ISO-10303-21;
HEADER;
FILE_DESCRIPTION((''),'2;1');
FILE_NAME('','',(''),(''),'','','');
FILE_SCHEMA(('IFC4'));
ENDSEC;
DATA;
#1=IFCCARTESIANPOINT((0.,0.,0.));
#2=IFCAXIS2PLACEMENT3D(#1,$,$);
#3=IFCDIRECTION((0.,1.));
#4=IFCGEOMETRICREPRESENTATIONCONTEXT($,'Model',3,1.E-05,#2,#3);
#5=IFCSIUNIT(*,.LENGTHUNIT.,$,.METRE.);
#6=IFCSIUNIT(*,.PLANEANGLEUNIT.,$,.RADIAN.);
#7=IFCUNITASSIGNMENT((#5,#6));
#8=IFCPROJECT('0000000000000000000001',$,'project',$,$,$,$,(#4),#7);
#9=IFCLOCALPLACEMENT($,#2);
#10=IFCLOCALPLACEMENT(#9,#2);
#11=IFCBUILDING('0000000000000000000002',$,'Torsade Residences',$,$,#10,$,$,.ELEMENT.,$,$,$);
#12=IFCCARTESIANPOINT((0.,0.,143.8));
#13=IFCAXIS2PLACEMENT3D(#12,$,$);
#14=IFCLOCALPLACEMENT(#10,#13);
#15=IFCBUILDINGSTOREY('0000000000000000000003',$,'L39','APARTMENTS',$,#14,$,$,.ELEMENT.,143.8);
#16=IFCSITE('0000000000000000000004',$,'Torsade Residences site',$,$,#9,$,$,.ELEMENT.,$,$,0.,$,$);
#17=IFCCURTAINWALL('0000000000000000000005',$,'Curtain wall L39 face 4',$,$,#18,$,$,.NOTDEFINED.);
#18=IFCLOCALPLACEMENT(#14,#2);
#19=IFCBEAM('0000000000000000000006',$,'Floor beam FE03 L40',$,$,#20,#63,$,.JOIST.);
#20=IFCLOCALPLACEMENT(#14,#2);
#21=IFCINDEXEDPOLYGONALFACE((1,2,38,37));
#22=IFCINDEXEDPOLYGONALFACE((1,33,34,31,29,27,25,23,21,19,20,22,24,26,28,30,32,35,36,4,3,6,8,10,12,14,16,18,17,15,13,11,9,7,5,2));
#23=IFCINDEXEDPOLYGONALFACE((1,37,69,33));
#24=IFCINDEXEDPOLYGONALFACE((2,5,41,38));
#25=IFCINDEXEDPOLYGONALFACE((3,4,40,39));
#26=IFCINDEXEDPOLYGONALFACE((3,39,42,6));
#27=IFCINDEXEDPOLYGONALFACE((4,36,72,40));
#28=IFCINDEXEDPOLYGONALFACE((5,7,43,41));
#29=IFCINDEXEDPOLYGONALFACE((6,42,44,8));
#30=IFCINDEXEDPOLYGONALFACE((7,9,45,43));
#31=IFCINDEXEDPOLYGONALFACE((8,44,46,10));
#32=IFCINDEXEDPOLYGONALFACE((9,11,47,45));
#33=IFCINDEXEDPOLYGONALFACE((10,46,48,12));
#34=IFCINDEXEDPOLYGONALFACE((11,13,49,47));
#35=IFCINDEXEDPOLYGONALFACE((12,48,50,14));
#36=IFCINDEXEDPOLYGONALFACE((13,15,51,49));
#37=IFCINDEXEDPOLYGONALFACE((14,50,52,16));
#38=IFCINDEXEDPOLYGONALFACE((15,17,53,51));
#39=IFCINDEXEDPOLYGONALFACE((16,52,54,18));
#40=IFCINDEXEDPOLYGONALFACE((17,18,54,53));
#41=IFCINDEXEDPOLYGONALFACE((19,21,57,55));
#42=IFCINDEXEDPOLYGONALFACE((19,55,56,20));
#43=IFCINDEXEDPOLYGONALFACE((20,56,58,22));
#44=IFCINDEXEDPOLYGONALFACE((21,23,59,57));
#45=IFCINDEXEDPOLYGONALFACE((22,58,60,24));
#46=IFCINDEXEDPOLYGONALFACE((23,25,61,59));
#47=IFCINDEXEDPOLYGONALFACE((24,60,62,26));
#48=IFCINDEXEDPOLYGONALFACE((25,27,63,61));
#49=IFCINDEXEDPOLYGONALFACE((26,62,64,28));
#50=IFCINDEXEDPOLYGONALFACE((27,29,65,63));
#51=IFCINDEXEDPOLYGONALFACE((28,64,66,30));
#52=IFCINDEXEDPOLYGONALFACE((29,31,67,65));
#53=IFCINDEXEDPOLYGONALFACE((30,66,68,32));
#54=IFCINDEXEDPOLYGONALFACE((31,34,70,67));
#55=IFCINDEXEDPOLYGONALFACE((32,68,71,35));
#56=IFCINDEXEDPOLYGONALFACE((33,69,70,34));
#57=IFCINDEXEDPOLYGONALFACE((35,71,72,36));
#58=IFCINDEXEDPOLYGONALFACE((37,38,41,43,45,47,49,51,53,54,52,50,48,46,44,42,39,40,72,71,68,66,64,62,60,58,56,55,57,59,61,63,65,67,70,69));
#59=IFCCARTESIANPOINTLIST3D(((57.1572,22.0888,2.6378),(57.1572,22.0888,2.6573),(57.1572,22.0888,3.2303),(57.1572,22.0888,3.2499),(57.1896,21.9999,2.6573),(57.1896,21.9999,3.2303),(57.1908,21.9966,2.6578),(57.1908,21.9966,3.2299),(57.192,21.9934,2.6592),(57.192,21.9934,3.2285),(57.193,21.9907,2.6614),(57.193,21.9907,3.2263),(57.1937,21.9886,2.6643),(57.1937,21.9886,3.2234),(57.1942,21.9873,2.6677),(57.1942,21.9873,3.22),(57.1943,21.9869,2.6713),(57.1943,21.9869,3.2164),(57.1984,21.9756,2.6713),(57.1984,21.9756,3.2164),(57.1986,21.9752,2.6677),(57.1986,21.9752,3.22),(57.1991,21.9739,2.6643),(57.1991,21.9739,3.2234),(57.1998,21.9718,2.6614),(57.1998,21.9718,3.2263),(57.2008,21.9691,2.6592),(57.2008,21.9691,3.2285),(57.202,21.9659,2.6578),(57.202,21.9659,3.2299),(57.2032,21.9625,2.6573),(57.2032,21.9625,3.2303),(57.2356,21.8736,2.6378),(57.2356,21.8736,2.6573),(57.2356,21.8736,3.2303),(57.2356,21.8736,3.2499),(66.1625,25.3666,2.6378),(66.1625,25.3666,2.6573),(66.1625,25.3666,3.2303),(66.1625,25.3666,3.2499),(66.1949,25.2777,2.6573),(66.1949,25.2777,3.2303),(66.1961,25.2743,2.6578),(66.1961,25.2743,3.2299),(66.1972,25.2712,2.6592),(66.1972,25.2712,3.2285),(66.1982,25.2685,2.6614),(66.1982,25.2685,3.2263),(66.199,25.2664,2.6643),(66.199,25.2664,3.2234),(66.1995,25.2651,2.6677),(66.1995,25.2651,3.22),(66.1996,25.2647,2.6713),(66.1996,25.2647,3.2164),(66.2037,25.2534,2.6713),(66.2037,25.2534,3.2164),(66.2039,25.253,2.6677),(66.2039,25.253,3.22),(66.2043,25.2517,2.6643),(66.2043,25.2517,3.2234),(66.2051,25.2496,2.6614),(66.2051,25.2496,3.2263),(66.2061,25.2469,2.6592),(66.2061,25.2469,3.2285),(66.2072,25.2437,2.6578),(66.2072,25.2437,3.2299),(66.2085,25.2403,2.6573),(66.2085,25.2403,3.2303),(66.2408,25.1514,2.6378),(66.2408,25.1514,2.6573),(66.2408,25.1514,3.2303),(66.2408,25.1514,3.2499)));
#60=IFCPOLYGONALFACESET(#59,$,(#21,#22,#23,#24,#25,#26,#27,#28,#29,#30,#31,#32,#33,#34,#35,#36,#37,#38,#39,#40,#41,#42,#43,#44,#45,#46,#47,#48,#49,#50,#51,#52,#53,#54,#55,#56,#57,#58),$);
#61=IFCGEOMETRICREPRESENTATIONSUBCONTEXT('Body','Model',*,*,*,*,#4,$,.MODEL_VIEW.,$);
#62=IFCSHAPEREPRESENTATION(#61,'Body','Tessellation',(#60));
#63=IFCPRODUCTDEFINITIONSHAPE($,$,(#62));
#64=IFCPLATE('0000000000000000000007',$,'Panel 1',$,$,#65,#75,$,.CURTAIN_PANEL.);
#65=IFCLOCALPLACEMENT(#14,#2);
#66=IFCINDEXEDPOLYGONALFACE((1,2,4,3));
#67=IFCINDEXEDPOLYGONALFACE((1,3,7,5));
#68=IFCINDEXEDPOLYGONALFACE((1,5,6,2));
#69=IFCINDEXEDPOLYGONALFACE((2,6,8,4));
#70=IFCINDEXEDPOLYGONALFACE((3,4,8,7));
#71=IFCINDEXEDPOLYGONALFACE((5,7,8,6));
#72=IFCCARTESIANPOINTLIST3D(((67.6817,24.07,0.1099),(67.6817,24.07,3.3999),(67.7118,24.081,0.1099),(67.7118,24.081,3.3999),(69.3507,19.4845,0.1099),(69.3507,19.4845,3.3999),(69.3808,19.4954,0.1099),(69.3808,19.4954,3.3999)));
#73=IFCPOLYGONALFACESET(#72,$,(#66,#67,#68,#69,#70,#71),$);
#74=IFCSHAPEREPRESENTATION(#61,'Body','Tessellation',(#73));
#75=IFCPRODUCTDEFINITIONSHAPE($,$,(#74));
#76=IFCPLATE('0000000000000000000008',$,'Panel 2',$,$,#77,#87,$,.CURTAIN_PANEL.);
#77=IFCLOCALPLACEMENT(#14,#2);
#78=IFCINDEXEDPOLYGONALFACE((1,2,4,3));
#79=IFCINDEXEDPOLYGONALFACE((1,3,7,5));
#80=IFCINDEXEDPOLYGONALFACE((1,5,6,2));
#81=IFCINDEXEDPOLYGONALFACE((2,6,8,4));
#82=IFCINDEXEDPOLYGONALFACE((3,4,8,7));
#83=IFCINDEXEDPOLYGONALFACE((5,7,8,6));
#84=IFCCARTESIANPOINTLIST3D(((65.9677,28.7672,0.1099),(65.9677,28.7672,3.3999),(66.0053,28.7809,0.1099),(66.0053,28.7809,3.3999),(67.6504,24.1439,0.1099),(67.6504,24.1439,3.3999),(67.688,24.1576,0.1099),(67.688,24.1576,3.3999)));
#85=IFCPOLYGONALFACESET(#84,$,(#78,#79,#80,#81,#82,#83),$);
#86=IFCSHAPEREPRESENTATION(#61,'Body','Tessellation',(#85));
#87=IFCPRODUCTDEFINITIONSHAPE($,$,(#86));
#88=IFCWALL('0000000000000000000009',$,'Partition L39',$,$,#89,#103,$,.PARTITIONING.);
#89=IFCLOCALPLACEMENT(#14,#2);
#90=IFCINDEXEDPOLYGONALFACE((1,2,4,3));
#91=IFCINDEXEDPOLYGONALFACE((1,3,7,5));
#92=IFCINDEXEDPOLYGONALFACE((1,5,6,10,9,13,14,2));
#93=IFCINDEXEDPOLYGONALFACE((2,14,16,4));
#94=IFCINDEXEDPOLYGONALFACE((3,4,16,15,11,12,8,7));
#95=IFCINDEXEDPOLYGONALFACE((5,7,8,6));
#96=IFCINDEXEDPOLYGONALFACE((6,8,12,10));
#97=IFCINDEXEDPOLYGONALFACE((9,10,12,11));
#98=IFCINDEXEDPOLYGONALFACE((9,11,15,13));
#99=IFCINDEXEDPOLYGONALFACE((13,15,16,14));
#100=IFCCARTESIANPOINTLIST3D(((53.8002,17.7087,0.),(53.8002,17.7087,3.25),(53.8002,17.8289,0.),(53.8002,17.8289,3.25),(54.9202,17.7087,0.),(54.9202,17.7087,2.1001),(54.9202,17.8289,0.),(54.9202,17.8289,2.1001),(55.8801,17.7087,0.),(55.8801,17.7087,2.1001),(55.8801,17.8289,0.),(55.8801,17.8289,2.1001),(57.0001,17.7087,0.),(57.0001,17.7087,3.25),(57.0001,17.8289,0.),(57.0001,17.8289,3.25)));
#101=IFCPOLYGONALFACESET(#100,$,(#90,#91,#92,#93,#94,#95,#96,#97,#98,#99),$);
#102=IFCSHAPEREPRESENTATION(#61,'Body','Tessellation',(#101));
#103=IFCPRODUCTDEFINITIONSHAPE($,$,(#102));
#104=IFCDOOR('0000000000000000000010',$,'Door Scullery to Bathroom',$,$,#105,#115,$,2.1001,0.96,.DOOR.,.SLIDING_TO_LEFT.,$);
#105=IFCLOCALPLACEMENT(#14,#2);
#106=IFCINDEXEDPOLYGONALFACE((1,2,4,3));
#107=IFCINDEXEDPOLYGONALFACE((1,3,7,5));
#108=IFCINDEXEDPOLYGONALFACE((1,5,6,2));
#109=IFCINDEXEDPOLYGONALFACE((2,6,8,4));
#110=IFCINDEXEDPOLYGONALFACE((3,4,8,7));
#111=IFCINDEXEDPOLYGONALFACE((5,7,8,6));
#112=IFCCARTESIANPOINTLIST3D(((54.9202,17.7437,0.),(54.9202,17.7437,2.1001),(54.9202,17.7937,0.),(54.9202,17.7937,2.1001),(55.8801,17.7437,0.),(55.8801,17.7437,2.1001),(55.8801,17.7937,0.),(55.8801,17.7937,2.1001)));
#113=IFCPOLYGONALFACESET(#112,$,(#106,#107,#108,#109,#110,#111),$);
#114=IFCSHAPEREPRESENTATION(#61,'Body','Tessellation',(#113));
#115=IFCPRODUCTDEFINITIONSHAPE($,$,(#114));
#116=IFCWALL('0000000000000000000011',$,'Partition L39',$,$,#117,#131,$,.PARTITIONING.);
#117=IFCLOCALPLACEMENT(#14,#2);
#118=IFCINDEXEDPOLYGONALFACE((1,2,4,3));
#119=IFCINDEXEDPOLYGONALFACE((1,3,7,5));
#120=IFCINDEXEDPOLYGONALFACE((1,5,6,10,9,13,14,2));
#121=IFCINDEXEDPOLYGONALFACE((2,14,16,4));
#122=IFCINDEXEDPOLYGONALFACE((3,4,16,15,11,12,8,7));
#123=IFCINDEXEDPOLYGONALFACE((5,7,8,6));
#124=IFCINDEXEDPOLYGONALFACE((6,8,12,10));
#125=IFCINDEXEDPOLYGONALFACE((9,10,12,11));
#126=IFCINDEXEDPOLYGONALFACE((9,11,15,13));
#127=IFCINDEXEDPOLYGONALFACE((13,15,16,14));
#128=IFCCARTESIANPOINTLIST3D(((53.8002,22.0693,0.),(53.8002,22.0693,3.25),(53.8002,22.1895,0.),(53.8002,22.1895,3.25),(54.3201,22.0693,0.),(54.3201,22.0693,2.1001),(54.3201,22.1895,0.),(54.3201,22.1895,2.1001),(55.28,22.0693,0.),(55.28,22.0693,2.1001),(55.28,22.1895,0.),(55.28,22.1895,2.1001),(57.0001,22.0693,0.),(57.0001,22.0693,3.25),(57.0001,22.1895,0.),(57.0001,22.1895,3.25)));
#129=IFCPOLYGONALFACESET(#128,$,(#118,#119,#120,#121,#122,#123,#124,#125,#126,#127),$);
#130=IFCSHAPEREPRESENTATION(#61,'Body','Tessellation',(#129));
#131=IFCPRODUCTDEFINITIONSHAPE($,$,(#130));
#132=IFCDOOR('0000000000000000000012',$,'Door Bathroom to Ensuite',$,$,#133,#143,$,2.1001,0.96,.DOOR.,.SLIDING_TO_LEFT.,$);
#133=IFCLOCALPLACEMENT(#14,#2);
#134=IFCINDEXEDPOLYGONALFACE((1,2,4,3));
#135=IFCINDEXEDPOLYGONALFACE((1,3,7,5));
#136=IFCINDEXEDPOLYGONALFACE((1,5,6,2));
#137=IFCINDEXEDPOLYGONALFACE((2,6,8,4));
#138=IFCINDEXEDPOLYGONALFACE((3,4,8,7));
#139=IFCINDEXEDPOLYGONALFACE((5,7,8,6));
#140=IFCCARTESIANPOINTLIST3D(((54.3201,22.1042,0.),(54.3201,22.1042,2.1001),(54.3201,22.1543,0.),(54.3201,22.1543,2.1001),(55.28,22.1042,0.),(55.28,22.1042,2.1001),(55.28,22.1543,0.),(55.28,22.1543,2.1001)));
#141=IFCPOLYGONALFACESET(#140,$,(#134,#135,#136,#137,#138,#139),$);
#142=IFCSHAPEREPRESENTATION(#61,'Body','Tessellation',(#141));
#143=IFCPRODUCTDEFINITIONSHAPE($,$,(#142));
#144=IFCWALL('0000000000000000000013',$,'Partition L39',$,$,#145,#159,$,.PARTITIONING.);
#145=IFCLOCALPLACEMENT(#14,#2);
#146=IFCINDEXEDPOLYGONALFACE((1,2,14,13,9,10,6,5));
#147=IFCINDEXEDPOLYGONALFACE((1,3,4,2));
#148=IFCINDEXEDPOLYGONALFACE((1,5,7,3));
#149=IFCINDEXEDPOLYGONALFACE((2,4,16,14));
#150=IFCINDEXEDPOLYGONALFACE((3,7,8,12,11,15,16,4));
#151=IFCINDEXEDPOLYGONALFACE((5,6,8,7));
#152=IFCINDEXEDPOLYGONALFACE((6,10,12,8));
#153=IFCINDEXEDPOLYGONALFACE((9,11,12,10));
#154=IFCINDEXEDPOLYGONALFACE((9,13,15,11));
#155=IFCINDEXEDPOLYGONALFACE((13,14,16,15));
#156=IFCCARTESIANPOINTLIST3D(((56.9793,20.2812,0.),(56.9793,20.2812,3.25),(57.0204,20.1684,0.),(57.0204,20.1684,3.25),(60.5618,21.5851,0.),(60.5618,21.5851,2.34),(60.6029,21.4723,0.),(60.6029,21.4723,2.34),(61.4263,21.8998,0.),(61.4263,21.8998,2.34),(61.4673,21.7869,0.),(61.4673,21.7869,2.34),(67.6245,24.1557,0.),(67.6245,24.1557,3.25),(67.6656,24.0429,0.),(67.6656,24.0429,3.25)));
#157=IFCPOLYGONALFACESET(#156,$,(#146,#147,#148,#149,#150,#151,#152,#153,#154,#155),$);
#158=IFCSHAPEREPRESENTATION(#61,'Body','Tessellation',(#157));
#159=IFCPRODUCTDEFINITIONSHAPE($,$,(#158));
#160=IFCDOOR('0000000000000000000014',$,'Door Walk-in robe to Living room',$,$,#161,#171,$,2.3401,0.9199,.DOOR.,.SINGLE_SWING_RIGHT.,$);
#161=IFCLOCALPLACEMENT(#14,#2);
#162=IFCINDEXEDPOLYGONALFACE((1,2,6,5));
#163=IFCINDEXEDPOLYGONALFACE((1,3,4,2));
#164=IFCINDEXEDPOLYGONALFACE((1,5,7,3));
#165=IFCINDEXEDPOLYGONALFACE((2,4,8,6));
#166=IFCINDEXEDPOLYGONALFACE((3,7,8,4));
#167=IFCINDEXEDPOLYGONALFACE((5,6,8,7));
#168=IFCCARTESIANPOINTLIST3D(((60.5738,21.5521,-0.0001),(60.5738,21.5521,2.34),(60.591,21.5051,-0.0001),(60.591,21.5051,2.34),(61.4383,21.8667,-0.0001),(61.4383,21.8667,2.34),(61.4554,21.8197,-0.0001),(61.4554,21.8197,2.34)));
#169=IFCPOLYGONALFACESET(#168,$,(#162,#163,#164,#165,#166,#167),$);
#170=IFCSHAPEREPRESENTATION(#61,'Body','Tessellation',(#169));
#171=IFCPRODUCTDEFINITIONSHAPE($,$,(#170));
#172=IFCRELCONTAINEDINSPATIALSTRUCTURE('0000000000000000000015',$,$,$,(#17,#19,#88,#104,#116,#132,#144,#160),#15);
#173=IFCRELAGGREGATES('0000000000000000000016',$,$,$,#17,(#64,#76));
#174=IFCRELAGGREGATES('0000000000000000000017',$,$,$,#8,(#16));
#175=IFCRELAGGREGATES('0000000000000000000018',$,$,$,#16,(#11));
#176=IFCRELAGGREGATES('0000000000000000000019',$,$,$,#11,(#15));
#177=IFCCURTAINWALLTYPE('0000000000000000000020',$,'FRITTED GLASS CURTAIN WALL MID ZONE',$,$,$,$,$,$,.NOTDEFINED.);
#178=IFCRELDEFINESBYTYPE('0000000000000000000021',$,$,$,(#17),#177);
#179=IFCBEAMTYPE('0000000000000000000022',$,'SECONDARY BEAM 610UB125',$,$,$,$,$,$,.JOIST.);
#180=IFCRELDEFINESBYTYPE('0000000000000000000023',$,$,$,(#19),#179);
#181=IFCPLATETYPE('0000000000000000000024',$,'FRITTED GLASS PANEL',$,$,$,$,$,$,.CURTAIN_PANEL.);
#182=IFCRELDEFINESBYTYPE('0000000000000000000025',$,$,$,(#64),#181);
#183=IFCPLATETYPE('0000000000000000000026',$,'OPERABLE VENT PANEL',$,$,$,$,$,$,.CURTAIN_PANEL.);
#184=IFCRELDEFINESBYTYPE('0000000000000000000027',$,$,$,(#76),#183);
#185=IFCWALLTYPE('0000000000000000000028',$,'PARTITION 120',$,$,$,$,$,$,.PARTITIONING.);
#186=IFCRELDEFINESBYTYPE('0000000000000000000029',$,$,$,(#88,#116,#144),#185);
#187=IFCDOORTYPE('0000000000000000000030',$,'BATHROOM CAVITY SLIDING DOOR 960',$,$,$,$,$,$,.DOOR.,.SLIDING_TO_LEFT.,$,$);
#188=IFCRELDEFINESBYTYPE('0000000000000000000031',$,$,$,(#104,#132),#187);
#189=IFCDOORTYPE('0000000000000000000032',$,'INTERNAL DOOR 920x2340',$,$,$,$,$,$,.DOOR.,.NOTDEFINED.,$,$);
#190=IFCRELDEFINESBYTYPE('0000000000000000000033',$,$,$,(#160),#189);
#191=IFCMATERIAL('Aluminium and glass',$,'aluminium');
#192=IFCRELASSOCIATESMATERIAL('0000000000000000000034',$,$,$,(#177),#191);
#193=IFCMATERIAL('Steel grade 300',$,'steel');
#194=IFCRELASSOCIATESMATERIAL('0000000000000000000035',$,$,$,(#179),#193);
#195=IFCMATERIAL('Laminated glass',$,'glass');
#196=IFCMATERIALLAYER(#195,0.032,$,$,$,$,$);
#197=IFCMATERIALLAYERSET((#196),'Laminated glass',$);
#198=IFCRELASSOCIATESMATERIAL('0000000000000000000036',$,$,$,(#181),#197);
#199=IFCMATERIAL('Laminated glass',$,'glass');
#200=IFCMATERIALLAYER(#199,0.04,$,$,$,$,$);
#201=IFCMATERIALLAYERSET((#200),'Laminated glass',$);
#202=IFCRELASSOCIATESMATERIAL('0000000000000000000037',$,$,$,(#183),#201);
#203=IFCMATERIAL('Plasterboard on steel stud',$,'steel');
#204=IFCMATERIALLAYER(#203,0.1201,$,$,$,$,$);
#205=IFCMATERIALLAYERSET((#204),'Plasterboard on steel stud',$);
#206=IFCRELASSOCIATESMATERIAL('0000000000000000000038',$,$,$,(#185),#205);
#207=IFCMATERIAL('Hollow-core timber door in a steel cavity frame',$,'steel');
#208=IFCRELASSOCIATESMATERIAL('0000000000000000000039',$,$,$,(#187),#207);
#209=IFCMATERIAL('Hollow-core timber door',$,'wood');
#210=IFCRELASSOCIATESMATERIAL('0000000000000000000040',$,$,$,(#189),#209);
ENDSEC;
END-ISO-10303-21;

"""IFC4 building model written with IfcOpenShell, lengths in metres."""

from ifc_helpers import new_model, si_unit, direction, frame, frame_2d, origin, origin_2d, place, context, subcontext, project, spatial, rectangle, i_section, extrude, material, layer, layer_set, material_profile, profile_set, type_object, element, fill, aggregate, save


model = new_model("IFC4")

# Units and contexts
model_context = context("Model", 3, precision=1e-05, world=origin(), true_north=direction((0.0, 1.0)))
body_context = subcontext(model_context, "Body", "Model", "MODEL_VIEW")
ifc_project = project(units=[si_unit("LENGTHUNIT", "METRE"), si_unit("PLANEANGLEUNIT", "RADIAN")], contexts=[model_context])

# Site, building, storey
site_placement = place(None, origin())
site = spatial("IfcSite", under=ifc_project, at=site_placement, Name="Torsade Residences site", CompositionType="ELEMENT", RefElevation=0.0)
building_placement = place(site_placement, origin())
building = spatial("IfcBuilding", under=site, at=building_placement, Name="Torsade Residences", CompositionType="ELEMENT")
storey_placement = place(building_placement, frame((0.0, 0.0, 143.8)))
storey = spatial("IfcBuildingStorey", under=building, at=storey_placement, Name="L39", Description="APARTMENTS", CompositionType="ELEMENT", Elevation=143.8)

# Curtain wall
ifc_material_1 = material(Name="Aluminium and glass", Category="aluminium")
curtain_wall_type = type_object("IfcCurtainWallType", Name="FRITTED GLASS CURTAIN WALL MID ZONE", PredefinedType="NOTDEFINED", material=ifc_material_1)
curtain_wall_placement = place(storey_placement, origin())
curtain_wall = element("IfcCurtainWall", 1, at=curtain_wall_placement, inside=storey, type_object=curtain_wall_type, Name="Curtain wall L39 face 4", PredefinedType="NOTDEFINED")

# Beam
ifc_material_2 = material(Name="Steel grade 300", Category="steel")
ifc_material_profile_1 = material_profile(ifc_material_2, i_section(OverallWidth=0.229, OverallDepth=0.6121, WebThickness=0.012, FlangeThickness=0.0195, FilletRadius=0.0139, at=origin_2d()), Name="610UB125")
ifc_profile_set_1 = profile_set([ifc_material_profile_1], Name="Steel grade 300")
beam_type_1 = type_object("IfcBeamType", Name="SECONDARY BEAM 610UB125", PredefinedType="JOIST", material=ifc_profile_set_1)
beam_1_placement = place(storey_placement, frame((66.2017, 25.259, 2.9438), z_axis=(-0.939688, -0.342034, 0.0), x_axis=(0.342034, -0.939688, 0.0)))
element("IfcBeam", 2, at=beam_1_placement, inside=storey, type_object=beam_type_1, Name="Floor beam FE03 L40", PredefinedType="JOIST", context=body_context, shape_type="SweptSolid", body=[
    extrude(i_section(OverallWidth=0.229, OverallDepth=0.6121, WebThickness=0.012, FlangeThickness=0.0195, FilletRadius=0.0139, at=origin_2d()), origin(), (0.0, 0.0, 1.0), 9.5833),
])

# Plates
ifc_material_3 = material(Name="Laminated glass", Category="glass")
ifc_layer_1 = layer(ifc_material_3, 0.032)
ifc_layer_set_1 = layer_set([ifc_layer_1], Name="Laminated glass")
plate_type_1 = type_object("IfcPlateType", Name="FRITTED GLASS PANEL", PredefinedType="CURTAIN_PANEL", material=ifc_layer_set_1)
plate_1_placement = place(storey_placement, frame((68.5312, 21.7827, 0.1099), z_axis=(0.0, 0.0, 1.0), x_axis=(-0.34202, 0.939693, 0.0)))
plate_1 = element("IfcPlate", 3, at=plate_1_placement, type_object=plate_type_1, Name="Panel 1", PredefinedType="CURTAIN_PANEL", context=body_context, shape_type="SweptSolid", body=[
    extrude(rectangle(XDim=4.8799, YDim=0.032, at=origin_2d()), origin(), (0.0, 0.0, 1.0), 3.29),
])
ifc_material_4 = material(Name="Laminated glass", Category="glass")
ifc_layer_2 = layer(ifc_material_4, 0.04)
ifc_layer_set_2 = layer_set([ifc_layer_2], Name="Laminated glass")
plate_type_2 = type_object("IfcPlateType", Name="OPERABLE VENT PANEL", PredefinedType="CURTAIN_PANEL", material=ifc_layer_set_2)
plate_2_placement = place(storey_placement, frame((66.8279, 26.4624, 0.1099), z_axis=(0.0, 0.0, 1.0), x_axis=(-0.34202, 0.939693, 0.0)))
plate_2 = element("IfcPlate", 4, at=plate_2_placement, type_object=plate_type_2, Name="Panel 2", PredefinedType="CURTAIN_PANEL", context=body_context, shape_type="SweptSolid", body=[
    extrude(rectangle(XDim=4.9199, YDim=0.04, at=origin_2d()), origin(), (0.0, 0.0, 1.0), 3.29),
])
aggregate(curtain_wall, [plate_1, plate_2])

# Walls, openings, doors
ifc_material_5 = material(Name="Plasterboard on steel stud", Category="steel")
ifc_layer_3 = layer(ifc_material_5, 0.1201)
ifc_layer_set_3 = layer_set([ifc_layer_3], Name="Plasterboard on steel stud")
wall_type_1 = type_object("IfcWallType", Name="PARTITION 120", PredefinedType="PARTITIONING", material=ifc_layer_set_3)
wall_1_placement = place(storey_placement, frame((53.8, 17.7688, 0.0), z_axis=(0.0, 0.0, 1.0), x_axis=(1.0, 0.0, 0.0)))
wall_1 = element("IfcWall", 5, at=wall_1_placement, inside=storey, type_object=wall_type_1, Name="Partition L39", PredefinedType="PARTITIONING", context=body_context, shape_type="SweptSolid", body=[
    extrude(rectangle(XDim=3.2, YDim=0.1201, at=frame_2d((1.6001, 0.0))), origin(), (0.0, 0.0, 1.0), 3.25),
])
opening_1_placement = place(wall_1_placement, frame((1.1201, 0.0, 0.0)))
opening_1 = element("IfcOpeningElement", 6, at=opening_1_placement, cuts=wall_1, PredefinedType="OPENING", context=body_context, shape_type="SweptSolid", body=[
    extrude(rectangle(XDim=0.96, YDim=2.1001, at=frame_2d((0.48, 1.05))), frame((0.0, 0.0701, 0.0), z_axis=(0.0, -1.0, 0.0), x_axis=(1.0, 0.0, 0.0)), (0.0, 0.0, 1.0), 0.1401),
])
ifc_material_6 = material(Name="Hollow-core timber door in a steel cavity frame", Category="steel")
door_type_1 = type_object("IfcDoorType", Name="BATHROOM CAVITY SLIDING DOOR 960", OperationType="SLIDING_TO_LEFT", PredefinedType="DOOR", material=ifc_material_6)
door_1_placement = place(opening_1_placement, origin())
door_1 = element("IfcDoor", 7, at=door_1_placement, inside=storey, type_object=door_type_1, Name="Door Scullery to Bathroom", OperationType="SLIDING_TO_LEFT", OverallHeight=2.1001, OverallWidth=0.96, PredefinedType="DOOR", context=body_context, shape_type="SweptSolid", body=[
    extrude(rectangle(XDim=0.96, YDim=2.1001, at=frame_2d((0.48, 1.05))), frame((0.0, 0.0249, 0.0), z_axis=(0.0, -1.0, 0.0), x_axis=(1.0, 0.0, 0.0)), (0.0, 0.0, 1.0), 0.05),
])
fill(opening_1, door_1)
wall_2_placement = place(storey_placement, frame((53.8, 22.1294, 0.0), z_axis=(0.0, 0.0, 1.0), x_axis=(1.0, 0.0, 0.0)))
wall_2 = element("IfcWall", 8, at=wall_2_placement, inside=storey, type_object=wall_type_1, Name="Partition L39", PredefinedType="PARTITIONING", context=body_context, shape_type="SweptSolid", body=[
    extrude(rectangle(XDim=3.2, YDim=0.1201, at=frame_2d((1.6001, 0.0))), origin(), (0.0, 0.0, 1.0), 3.25),
])
opening_2_placement = place(wall_2_placement, frame((0.52, 0.0, 0.0)))
opening_2 = element("IfcOpeningElement", 9, at=opening_2_placement, cuts=wall_2, PredefinedType="OPENING", context=body_context, shape_type="SweptSolid", body=[
    extrude(rectangle(XDim=0.96, YDim=2.1001, at=frame_2d((0.48, 1.05))), frame((0.0, 0.0701, 0.0), z_axis=(0.0, -1.0, 0.0), x_axis=(1.0, 0.0, 0.0)), (0.0, 0.0, 1.0), 0.1401),
])
door_2_placement = place(opening_2_placement, origin())
door_2 = element("IfcDoor", 10, at=door_2_placement, inside=storey, type_object=door_type_1, Name="Door Bathroom to Ensuite", OperationType="SLIDING_TO_LEFT", OverallHeight=2.1001, OverallWidth=0.96, PredefinedType="DOOR", context=body_context, shape_type="SweptSolid", body=[
    extrude(rectangle(XDim=0.96, YDim=2.1001, at=frame_2d((0.48, 1.05))), frame((0.0, 0.0249, 0.0), z_axis=(0.0, -1.0, 0.0), x_axis=(1.0, 0.0, 0.0)), (0.0, 0.0, 1.0), 0.05),
])
fill(opening_2, door_2)
wall_3_placement = place(storey_placement, frame((57.0, 20.2249, 0.0), z_axis=(0.0, 0.0, 1.0), x_axis=(0.939694, 0.342016, 0.0)))
wall_3 = element("IfcWall", 11, at=wall_3_placement, inside=storey, type_object=wall_type_1, Name="Partition L39", PredefinedType="PARTITIONING", context=body_context, shape_type="SweptSolid", body=[
    extrude(rectangle(XDim=11.3284, YDim=0.1201, at=frame_2d((5.6641, 0.0))), origin(), (0.0, 0.0, 1.0), 3.25),
])
opening_3_placement = place(wall_3_placement, frame((3.8123, 0.0, 0.0)))
opening_3 = element("IfcOpeningElement", 12, at=opening_3_placement, cuts=wall_3, PredefinedType="OPENING", context=body_context, shape_type="SweptSolid", body=[
    extrude(rectangle(XDim=0.9199, YDim=2.3401, at=frame_2d((0.46, 1.1699))), frame((0.0, 0.0701, 0.0), z_axis=(0.0, -1.0, 0.0), x_axis=(1.0, 0.0, 0.0)), (0.0, 0.0, 1.0), 0.1401),
])
ifc_material_7 = material(Name="Hollow-core timber door", Category="wood")
door_type_2 = type_object("IfcDoorType", Name="INTERNAL DOOR 920x2340", OperationType="NOTDEFINED", PredefinedType="DOOR", material=ifc_material_7)
door_3_placement = place(opening_3_placement, origin())
door_3 = element("IfcDoor", 13, at=door_3_placement, inside=storey, type_object=door_type_2, Name="Door Walk-in robe to Living room", OperationType="SINGLE_SWING_RIGHT", OverallHeight=2.3401, OverallWidth=0.9199, PredefinedType="DOOR", context=body_context, shape_type="SweptSolid", body=[
    extrude(rectangle(XDim=0.9199, YDim=2.3401, at=frame_2d((0.46, 1.1699))), frame((0.0, 0.0249, 0.0), z_axis=(0.0, -1.0, 0.0), x_axis=(1.0, 0.0, 0.0)), (0.0, 0.0, 1.0), 0.05),
])
fill(opening_3, door_3)

save(model, "model.ifc")
